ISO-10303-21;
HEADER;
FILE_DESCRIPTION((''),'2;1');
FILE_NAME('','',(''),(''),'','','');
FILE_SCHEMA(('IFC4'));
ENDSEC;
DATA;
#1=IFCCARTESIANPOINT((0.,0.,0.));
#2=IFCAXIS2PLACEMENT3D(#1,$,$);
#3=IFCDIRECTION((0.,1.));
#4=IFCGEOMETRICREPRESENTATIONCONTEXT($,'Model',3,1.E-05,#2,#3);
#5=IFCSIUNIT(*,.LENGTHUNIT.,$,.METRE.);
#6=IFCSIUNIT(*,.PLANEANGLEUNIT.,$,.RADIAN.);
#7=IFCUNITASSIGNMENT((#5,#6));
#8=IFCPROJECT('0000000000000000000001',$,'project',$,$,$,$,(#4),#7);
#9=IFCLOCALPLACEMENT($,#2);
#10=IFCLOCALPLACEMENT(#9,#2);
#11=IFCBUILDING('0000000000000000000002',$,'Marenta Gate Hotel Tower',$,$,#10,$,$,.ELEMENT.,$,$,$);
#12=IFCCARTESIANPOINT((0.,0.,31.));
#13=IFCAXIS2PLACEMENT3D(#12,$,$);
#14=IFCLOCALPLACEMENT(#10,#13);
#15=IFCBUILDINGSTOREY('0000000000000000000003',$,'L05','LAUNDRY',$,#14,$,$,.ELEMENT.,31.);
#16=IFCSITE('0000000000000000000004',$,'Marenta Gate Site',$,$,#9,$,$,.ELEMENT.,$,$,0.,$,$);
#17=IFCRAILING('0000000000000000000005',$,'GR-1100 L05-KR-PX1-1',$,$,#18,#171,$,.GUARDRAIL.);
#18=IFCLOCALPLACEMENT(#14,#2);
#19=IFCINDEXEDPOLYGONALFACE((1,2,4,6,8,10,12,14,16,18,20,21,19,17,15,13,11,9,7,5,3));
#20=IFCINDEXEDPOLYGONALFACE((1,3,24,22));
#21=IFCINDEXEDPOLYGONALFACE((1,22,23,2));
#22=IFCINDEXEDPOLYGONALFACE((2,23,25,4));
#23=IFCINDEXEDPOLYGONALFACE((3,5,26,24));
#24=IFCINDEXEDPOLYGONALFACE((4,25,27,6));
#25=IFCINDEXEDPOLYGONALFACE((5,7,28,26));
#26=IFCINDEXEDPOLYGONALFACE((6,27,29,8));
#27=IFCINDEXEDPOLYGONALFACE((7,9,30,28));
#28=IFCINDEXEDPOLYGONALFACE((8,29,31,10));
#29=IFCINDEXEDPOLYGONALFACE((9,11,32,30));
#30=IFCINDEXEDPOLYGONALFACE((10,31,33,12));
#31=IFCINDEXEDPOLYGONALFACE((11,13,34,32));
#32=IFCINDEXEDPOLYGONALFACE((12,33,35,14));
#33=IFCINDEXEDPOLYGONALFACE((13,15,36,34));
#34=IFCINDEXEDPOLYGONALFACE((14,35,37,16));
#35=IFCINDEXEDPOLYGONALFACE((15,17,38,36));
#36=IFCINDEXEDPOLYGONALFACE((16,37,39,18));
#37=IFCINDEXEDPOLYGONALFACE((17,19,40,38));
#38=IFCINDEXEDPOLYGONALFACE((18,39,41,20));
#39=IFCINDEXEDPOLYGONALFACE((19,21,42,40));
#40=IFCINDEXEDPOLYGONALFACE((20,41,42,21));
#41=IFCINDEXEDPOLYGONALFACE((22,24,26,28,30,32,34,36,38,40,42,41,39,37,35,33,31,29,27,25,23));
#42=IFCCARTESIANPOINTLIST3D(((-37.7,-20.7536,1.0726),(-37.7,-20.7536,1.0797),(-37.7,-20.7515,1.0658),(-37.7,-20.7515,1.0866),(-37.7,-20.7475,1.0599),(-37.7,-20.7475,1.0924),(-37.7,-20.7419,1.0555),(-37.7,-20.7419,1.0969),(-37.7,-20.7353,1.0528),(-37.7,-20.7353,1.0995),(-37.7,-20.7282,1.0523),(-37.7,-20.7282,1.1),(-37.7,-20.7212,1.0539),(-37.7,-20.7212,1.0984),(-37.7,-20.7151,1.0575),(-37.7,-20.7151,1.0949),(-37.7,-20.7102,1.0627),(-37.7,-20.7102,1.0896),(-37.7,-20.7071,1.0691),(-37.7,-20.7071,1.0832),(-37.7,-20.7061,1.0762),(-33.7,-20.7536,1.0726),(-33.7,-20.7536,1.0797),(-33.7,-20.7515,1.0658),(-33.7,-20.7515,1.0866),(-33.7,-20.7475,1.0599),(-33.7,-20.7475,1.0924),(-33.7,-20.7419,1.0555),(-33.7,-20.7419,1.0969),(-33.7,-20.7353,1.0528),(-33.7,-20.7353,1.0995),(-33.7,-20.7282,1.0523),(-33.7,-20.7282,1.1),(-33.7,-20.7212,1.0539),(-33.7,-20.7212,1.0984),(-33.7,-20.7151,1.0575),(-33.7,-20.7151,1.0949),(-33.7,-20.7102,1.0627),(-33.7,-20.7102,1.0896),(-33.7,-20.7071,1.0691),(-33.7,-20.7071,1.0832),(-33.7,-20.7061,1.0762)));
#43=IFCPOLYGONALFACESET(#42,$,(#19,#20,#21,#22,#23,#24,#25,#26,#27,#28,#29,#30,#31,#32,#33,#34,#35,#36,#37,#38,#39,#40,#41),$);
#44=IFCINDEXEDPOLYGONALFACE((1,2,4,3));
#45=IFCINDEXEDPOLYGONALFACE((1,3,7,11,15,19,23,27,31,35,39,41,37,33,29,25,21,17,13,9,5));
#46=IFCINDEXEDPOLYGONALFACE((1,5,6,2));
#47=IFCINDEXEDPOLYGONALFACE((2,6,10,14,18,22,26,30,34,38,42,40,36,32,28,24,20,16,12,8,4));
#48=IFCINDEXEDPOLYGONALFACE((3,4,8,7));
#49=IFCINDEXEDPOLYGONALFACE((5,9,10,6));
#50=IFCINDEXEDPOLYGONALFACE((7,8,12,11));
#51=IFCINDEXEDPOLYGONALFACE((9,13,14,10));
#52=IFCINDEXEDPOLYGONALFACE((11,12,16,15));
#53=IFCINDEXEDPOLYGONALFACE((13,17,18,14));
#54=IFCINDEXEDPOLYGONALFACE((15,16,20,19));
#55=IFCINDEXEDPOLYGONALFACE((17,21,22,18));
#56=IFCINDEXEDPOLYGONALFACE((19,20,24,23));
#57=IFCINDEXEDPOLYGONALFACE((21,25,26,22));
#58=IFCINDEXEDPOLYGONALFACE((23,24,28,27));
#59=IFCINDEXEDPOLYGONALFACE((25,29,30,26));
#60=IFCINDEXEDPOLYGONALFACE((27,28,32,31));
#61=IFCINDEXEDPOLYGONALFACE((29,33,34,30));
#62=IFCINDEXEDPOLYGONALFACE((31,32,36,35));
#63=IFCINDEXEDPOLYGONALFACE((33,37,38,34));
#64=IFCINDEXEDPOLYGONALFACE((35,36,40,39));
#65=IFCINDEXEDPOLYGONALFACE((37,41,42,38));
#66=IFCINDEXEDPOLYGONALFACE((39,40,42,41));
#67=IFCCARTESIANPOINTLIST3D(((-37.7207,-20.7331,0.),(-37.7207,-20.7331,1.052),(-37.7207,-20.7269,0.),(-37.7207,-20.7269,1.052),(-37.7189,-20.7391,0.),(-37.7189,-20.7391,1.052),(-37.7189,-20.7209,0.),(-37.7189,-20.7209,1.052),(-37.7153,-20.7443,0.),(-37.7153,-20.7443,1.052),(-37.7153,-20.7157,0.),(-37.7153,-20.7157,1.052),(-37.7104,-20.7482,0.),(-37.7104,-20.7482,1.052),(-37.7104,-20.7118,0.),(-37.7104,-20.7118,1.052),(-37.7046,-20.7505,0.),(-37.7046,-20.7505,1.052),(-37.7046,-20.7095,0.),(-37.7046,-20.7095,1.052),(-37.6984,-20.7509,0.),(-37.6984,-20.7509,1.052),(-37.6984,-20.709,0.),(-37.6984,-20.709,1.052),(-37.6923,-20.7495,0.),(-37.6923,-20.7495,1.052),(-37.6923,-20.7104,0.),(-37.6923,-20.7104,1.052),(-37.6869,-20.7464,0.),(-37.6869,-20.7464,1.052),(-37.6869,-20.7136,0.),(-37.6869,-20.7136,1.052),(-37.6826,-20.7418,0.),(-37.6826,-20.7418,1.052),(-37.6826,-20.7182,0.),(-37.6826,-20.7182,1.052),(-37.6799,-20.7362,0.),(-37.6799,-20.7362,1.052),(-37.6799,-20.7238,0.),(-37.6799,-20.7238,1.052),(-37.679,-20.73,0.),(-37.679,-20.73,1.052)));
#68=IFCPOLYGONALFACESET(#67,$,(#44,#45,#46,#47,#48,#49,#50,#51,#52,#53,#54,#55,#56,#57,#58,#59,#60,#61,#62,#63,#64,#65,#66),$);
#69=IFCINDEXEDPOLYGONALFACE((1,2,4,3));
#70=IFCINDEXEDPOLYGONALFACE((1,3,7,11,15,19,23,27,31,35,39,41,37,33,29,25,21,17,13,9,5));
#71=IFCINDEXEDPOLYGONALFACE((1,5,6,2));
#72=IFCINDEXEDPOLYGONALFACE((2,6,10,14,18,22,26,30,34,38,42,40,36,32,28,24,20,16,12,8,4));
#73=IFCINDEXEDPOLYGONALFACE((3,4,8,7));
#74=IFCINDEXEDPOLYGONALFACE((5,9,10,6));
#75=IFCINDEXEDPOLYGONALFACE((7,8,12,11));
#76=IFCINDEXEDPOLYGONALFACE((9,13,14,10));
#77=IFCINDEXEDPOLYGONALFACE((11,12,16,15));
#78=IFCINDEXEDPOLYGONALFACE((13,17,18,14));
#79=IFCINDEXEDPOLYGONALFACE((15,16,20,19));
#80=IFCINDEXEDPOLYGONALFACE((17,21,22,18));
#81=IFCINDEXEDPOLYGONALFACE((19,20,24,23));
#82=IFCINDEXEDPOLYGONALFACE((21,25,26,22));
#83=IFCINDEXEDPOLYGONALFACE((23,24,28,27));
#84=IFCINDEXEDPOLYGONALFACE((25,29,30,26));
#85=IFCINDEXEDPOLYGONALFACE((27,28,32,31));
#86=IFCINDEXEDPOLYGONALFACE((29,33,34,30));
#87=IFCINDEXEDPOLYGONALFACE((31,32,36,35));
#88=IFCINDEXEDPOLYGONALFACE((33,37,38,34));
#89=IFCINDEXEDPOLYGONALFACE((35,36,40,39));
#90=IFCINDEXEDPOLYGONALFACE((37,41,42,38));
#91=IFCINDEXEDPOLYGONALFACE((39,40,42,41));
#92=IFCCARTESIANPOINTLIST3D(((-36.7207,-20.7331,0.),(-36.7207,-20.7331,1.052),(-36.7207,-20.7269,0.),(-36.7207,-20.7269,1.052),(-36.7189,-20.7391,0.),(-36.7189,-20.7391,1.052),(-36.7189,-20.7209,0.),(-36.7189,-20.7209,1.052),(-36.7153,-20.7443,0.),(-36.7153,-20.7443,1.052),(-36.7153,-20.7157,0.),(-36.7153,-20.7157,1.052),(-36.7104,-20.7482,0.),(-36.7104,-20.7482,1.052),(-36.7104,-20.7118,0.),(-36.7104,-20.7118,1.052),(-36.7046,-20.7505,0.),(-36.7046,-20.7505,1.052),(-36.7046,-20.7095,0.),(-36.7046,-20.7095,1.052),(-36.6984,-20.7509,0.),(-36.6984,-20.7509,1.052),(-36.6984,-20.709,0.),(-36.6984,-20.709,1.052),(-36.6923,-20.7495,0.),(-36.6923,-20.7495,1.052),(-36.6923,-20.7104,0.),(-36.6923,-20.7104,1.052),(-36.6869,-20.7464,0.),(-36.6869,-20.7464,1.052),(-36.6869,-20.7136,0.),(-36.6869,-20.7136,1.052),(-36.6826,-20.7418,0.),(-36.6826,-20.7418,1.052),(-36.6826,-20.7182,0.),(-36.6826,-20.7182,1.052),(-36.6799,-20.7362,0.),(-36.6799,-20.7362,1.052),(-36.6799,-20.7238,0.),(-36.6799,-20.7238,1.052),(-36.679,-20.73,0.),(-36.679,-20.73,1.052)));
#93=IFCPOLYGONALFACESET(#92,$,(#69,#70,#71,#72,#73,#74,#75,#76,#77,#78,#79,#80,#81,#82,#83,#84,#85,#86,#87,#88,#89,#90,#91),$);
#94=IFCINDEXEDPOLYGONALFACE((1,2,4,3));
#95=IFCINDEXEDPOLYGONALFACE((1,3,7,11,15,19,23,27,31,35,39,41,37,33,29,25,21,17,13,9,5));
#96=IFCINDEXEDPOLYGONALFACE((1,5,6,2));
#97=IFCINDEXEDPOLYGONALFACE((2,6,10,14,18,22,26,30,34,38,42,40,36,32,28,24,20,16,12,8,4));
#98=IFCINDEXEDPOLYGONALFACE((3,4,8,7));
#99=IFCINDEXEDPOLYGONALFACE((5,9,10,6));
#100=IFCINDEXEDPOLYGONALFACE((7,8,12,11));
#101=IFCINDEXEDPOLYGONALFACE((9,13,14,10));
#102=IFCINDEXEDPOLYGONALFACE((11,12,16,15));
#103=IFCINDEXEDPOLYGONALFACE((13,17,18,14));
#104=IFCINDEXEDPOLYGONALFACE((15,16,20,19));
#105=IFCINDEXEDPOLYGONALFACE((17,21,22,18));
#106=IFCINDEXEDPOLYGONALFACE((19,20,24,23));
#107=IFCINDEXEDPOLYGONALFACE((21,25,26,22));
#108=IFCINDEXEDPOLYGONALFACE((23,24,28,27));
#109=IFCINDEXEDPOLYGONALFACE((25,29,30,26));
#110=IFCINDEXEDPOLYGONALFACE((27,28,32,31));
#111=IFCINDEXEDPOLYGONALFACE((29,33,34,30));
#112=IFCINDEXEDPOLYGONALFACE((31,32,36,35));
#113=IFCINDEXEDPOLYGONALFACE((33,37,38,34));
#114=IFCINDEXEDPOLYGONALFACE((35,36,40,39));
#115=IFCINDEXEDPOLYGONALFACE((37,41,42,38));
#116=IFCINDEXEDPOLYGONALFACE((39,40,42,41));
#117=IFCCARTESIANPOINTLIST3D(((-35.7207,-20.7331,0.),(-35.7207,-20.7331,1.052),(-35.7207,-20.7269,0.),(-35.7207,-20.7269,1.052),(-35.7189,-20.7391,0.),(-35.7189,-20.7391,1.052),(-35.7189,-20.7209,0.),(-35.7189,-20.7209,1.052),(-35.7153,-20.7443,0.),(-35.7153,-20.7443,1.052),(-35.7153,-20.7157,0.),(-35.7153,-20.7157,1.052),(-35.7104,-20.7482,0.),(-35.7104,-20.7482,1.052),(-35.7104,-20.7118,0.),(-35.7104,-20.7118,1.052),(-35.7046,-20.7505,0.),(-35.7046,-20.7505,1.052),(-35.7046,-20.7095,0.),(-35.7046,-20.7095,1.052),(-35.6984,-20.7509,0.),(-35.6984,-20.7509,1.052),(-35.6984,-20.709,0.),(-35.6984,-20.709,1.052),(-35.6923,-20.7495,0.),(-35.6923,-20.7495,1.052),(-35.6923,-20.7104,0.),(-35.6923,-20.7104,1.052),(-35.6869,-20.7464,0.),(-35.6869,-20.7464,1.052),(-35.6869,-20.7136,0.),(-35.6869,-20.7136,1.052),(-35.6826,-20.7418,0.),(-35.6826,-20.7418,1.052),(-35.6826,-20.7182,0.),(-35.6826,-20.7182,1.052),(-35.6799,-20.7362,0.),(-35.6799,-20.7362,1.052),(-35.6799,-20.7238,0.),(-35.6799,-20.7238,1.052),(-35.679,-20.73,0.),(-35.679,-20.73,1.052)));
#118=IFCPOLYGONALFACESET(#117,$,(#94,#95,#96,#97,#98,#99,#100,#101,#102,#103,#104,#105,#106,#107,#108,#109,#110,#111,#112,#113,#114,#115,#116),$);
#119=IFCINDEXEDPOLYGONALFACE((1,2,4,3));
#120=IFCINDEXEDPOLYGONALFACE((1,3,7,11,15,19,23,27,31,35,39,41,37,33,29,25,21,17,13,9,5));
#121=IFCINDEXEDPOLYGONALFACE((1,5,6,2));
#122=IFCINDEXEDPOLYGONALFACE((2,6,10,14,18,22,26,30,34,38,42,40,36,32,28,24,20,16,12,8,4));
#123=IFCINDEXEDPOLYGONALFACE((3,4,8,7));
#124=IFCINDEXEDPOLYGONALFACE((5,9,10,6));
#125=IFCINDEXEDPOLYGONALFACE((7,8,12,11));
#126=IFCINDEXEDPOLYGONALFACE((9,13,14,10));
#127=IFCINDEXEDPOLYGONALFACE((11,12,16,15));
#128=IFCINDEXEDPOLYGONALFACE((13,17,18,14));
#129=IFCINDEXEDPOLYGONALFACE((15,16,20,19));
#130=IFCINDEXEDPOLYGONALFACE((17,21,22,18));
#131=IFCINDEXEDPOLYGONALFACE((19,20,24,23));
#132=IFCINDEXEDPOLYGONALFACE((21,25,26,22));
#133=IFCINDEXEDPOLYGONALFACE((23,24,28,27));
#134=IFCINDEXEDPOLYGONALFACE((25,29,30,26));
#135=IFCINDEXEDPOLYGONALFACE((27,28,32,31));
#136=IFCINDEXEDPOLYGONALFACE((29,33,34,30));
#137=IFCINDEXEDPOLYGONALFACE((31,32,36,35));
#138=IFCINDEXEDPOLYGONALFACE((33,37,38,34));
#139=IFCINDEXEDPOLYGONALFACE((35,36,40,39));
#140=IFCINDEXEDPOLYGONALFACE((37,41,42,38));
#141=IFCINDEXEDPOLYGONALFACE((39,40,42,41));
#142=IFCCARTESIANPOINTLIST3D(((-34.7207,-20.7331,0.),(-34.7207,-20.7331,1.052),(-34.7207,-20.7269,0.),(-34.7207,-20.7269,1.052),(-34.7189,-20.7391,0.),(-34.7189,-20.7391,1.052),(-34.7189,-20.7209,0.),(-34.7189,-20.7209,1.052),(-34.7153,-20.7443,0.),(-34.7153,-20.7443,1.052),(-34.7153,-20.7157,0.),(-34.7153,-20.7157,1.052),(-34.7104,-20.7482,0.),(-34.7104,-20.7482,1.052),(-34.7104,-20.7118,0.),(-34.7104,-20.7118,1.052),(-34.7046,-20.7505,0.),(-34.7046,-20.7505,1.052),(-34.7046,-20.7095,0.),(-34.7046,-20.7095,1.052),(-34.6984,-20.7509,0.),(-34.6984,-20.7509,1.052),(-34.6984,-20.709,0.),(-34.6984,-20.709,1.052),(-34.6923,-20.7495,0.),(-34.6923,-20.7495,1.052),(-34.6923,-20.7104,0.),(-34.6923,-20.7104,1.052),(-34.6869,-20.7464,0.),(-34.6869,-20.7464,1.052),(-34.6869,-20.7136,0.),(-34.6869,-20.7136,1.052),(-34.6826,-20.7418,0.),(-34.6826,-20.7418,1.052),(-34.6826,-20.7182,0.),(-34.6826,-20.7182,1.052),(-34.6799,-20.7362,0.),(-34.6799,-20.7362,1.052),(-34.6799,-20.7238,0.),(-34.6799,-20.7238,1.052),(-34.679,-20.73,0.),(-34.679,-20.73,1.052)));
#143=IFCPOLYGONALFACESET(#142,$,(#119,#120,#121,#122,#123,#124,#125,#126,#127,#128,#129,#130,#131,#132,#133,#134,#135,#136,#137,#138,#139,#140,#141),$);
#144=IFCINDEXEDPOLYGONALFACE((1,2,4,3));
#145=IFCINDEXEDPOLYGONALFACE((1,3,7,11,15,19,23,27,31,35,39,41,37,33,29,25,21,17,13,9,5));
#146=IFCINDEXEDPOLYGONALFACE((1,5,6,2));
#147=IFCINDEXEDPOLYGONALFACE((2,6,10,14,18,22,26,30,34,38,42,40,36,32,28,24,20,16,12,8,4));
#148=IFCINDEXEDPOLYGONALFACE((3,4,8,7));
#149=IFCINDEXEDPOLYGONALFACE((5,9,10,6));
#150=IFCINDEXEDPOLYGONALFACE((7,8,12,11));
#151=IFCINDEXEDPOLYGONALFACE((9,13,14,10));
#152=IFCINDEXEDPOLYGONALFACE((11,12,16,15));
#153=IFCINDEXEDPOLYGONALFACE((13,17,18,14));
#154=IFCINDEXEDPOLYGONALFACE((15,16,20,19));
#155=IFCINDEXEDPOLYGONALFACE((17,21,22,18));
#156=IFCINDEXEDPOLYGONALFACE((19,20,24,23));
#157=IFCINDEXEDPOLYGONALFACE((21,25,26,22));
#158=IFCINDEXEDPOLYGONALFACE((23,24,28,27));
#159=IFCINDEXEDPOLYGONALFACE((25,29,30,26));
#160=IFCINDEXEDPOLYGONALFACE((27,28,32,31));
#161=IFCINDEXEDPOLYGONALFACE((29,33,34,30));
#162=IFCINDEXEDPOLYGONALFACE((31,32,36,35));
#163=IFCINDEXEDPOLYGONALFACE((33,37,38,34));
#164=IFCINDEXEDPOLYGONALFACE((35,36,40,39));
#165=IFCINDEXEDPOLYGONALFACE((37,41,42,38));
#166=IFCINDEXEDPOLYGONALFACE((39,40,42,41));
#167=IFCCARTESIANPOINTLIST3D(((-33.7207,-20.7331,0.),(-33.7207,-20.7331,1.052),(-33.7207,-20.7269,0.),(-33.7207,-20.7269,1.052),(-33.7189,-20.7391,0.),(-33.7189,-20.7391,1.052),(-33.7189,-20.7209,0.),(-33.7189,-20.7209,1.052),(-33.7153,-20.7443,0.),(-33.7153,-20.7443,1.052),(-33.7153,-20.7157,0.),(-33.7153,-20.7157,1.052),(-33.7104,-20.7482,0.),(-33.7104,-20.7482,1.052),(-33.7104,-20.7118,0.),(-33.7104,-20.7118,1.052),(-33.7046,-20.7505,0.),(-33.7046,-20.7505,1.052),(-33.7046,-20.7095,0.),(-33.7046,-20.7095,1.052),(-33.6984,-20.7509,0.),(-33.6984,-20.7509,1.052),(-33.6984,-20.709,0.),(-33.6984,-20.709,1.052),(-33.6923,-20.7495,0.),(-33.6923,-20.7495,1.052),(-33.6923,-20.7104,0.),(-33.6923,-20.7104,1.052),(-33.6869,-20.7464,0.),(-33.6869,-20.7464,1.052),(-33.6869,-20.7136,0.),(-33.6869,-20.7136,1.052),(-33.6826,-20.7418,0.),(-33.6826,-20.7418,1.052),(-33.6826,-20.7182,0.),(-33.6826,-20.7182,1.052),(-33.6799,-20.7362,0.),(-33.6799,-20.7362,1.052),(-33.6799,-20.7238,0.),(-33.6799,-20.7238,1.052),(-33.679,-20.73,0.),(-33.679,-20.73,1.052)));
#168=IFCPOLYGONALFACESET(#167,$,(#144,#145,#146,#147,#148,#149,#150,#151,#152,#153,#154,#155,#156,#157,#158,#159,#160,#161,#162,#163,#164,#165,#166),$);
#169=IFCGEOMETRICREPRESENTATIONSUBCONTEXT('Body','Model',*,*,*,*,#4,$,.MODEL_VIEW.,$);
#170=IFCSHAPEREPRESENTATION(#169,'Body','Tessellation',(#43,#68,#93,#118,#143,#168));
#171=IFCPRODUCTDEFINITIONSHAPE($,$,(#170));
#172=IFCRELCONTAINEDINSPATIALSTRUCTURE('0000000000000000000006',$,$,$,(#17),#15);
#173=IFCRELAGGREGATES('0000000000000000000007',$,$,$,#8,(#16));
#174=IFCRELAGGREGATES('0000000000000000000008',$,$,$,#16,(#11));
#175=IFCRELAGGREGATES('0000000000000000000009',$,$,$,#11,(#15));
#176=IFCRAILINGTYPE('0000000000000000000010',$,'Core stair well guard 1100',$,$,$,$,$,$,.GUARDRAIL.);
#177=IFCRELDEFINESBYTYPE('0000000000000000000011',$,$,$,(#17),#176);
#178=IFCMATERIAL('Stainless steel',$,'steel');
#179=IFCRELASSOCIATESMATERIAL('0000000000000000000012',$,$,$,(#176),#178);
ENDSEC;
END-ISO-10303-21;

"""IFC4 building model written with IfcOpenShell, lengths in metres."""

from ifc_helpers import new_model, si_unit, direction, frame, origin, origin_2d, place, context, subcontext, project, spatial, circle, extrude, material, type_object, element, save


model = new_model("IFC4")

# Units and contexts
model_context = context("Model", 3, precision=1e-05, world=origin(), true_north=direction((0.0, 1.0)))
body_context = subcontext(model_context, "Body", "Model", "MODEL_VIEW")
ifc_project = project(units=[si_unit("LENGTHUNIT", "METRE"), si_unit("PLANEANGLEUNIT", "RADIAN")], contexts=[model_context])

# Site, building, storey
site_placement = place(None, origin())
site = spatial("IfcSite", under=ifc_project, at=site_placement, Name="Marenta Gate Site", CompositionType="ELEMENT", RefElevation=0.0)
building_placement = place(site_placement, origin())
building = spatial("IfcBuilding", under=site, at=building_placement, Name="Marenta Gate Hotel Tower", CompositionType="ELEMENT")
storey_placement = place(building_placement, frame((0.0, 0.0, 31.0)))
storey = spatial("IfcBuildingStorey", under=building, at=storey_placement, Name="L05", Description="LAUNDRY", CompositionType="ELEMENT", Elevation=31.0)

# Railing
ifc_material_1 = material(Name="Stainless steel", Category="steel")
railing_type = type_object("IfcRailingType", Name="Core stair well guard 1100", PredefinedType="GUARDRAIL", material=ifc_material_1)
railing_placement = place(storey_placement, frame((-37.7, -20.73, 0.0)))
element("IfcRailing", 1, at=railing_placement, inside=storey, type_object=railing_type, Name="GR-1100 L05-KR-PX1-1", PredefinedType="GUARDRAIL", context=body_context, shape_type="SweptSolid", body=[
    extrude(circle(Radius=0.0239, at=origin_2d()), frame((0.0, 0.0, 1.0762), z_axis=(1.0, 0.0, 0.0), x_axis=(0.0, 1.0, 0.0)), (0.0, 0.0, 1.0), 4.0),
    extrude(circle(Radius=0.021, at=origin_2d()), origin(), (0.0, 0.0, 1.0), 1.052),
    extrude(circle(Radius=0.021, at=origin_2d()), frame((1.0, 0.0, 0.0)), (0.0, 0.0, 1.0), 1.052),
    extrude(circle(Radius=0.021, at=origin_2d()), frame((2.0, 0.0, 0.0)), (0.0, 0.0, 1.0), 1.052),
    extrude(circle(Radius=0.021, at=origin_2d()), frame((3.0, 0.0, 0.0)), (0.0, 0.0, 1.0), 1.052),
    extrude(circle(Radius=0.021, at=origin_2d()), frame((4.0, 0.0, 0.0)), (0.0, 0.0, 1.0), 1.052),
])

save(model, "model.ifc")
